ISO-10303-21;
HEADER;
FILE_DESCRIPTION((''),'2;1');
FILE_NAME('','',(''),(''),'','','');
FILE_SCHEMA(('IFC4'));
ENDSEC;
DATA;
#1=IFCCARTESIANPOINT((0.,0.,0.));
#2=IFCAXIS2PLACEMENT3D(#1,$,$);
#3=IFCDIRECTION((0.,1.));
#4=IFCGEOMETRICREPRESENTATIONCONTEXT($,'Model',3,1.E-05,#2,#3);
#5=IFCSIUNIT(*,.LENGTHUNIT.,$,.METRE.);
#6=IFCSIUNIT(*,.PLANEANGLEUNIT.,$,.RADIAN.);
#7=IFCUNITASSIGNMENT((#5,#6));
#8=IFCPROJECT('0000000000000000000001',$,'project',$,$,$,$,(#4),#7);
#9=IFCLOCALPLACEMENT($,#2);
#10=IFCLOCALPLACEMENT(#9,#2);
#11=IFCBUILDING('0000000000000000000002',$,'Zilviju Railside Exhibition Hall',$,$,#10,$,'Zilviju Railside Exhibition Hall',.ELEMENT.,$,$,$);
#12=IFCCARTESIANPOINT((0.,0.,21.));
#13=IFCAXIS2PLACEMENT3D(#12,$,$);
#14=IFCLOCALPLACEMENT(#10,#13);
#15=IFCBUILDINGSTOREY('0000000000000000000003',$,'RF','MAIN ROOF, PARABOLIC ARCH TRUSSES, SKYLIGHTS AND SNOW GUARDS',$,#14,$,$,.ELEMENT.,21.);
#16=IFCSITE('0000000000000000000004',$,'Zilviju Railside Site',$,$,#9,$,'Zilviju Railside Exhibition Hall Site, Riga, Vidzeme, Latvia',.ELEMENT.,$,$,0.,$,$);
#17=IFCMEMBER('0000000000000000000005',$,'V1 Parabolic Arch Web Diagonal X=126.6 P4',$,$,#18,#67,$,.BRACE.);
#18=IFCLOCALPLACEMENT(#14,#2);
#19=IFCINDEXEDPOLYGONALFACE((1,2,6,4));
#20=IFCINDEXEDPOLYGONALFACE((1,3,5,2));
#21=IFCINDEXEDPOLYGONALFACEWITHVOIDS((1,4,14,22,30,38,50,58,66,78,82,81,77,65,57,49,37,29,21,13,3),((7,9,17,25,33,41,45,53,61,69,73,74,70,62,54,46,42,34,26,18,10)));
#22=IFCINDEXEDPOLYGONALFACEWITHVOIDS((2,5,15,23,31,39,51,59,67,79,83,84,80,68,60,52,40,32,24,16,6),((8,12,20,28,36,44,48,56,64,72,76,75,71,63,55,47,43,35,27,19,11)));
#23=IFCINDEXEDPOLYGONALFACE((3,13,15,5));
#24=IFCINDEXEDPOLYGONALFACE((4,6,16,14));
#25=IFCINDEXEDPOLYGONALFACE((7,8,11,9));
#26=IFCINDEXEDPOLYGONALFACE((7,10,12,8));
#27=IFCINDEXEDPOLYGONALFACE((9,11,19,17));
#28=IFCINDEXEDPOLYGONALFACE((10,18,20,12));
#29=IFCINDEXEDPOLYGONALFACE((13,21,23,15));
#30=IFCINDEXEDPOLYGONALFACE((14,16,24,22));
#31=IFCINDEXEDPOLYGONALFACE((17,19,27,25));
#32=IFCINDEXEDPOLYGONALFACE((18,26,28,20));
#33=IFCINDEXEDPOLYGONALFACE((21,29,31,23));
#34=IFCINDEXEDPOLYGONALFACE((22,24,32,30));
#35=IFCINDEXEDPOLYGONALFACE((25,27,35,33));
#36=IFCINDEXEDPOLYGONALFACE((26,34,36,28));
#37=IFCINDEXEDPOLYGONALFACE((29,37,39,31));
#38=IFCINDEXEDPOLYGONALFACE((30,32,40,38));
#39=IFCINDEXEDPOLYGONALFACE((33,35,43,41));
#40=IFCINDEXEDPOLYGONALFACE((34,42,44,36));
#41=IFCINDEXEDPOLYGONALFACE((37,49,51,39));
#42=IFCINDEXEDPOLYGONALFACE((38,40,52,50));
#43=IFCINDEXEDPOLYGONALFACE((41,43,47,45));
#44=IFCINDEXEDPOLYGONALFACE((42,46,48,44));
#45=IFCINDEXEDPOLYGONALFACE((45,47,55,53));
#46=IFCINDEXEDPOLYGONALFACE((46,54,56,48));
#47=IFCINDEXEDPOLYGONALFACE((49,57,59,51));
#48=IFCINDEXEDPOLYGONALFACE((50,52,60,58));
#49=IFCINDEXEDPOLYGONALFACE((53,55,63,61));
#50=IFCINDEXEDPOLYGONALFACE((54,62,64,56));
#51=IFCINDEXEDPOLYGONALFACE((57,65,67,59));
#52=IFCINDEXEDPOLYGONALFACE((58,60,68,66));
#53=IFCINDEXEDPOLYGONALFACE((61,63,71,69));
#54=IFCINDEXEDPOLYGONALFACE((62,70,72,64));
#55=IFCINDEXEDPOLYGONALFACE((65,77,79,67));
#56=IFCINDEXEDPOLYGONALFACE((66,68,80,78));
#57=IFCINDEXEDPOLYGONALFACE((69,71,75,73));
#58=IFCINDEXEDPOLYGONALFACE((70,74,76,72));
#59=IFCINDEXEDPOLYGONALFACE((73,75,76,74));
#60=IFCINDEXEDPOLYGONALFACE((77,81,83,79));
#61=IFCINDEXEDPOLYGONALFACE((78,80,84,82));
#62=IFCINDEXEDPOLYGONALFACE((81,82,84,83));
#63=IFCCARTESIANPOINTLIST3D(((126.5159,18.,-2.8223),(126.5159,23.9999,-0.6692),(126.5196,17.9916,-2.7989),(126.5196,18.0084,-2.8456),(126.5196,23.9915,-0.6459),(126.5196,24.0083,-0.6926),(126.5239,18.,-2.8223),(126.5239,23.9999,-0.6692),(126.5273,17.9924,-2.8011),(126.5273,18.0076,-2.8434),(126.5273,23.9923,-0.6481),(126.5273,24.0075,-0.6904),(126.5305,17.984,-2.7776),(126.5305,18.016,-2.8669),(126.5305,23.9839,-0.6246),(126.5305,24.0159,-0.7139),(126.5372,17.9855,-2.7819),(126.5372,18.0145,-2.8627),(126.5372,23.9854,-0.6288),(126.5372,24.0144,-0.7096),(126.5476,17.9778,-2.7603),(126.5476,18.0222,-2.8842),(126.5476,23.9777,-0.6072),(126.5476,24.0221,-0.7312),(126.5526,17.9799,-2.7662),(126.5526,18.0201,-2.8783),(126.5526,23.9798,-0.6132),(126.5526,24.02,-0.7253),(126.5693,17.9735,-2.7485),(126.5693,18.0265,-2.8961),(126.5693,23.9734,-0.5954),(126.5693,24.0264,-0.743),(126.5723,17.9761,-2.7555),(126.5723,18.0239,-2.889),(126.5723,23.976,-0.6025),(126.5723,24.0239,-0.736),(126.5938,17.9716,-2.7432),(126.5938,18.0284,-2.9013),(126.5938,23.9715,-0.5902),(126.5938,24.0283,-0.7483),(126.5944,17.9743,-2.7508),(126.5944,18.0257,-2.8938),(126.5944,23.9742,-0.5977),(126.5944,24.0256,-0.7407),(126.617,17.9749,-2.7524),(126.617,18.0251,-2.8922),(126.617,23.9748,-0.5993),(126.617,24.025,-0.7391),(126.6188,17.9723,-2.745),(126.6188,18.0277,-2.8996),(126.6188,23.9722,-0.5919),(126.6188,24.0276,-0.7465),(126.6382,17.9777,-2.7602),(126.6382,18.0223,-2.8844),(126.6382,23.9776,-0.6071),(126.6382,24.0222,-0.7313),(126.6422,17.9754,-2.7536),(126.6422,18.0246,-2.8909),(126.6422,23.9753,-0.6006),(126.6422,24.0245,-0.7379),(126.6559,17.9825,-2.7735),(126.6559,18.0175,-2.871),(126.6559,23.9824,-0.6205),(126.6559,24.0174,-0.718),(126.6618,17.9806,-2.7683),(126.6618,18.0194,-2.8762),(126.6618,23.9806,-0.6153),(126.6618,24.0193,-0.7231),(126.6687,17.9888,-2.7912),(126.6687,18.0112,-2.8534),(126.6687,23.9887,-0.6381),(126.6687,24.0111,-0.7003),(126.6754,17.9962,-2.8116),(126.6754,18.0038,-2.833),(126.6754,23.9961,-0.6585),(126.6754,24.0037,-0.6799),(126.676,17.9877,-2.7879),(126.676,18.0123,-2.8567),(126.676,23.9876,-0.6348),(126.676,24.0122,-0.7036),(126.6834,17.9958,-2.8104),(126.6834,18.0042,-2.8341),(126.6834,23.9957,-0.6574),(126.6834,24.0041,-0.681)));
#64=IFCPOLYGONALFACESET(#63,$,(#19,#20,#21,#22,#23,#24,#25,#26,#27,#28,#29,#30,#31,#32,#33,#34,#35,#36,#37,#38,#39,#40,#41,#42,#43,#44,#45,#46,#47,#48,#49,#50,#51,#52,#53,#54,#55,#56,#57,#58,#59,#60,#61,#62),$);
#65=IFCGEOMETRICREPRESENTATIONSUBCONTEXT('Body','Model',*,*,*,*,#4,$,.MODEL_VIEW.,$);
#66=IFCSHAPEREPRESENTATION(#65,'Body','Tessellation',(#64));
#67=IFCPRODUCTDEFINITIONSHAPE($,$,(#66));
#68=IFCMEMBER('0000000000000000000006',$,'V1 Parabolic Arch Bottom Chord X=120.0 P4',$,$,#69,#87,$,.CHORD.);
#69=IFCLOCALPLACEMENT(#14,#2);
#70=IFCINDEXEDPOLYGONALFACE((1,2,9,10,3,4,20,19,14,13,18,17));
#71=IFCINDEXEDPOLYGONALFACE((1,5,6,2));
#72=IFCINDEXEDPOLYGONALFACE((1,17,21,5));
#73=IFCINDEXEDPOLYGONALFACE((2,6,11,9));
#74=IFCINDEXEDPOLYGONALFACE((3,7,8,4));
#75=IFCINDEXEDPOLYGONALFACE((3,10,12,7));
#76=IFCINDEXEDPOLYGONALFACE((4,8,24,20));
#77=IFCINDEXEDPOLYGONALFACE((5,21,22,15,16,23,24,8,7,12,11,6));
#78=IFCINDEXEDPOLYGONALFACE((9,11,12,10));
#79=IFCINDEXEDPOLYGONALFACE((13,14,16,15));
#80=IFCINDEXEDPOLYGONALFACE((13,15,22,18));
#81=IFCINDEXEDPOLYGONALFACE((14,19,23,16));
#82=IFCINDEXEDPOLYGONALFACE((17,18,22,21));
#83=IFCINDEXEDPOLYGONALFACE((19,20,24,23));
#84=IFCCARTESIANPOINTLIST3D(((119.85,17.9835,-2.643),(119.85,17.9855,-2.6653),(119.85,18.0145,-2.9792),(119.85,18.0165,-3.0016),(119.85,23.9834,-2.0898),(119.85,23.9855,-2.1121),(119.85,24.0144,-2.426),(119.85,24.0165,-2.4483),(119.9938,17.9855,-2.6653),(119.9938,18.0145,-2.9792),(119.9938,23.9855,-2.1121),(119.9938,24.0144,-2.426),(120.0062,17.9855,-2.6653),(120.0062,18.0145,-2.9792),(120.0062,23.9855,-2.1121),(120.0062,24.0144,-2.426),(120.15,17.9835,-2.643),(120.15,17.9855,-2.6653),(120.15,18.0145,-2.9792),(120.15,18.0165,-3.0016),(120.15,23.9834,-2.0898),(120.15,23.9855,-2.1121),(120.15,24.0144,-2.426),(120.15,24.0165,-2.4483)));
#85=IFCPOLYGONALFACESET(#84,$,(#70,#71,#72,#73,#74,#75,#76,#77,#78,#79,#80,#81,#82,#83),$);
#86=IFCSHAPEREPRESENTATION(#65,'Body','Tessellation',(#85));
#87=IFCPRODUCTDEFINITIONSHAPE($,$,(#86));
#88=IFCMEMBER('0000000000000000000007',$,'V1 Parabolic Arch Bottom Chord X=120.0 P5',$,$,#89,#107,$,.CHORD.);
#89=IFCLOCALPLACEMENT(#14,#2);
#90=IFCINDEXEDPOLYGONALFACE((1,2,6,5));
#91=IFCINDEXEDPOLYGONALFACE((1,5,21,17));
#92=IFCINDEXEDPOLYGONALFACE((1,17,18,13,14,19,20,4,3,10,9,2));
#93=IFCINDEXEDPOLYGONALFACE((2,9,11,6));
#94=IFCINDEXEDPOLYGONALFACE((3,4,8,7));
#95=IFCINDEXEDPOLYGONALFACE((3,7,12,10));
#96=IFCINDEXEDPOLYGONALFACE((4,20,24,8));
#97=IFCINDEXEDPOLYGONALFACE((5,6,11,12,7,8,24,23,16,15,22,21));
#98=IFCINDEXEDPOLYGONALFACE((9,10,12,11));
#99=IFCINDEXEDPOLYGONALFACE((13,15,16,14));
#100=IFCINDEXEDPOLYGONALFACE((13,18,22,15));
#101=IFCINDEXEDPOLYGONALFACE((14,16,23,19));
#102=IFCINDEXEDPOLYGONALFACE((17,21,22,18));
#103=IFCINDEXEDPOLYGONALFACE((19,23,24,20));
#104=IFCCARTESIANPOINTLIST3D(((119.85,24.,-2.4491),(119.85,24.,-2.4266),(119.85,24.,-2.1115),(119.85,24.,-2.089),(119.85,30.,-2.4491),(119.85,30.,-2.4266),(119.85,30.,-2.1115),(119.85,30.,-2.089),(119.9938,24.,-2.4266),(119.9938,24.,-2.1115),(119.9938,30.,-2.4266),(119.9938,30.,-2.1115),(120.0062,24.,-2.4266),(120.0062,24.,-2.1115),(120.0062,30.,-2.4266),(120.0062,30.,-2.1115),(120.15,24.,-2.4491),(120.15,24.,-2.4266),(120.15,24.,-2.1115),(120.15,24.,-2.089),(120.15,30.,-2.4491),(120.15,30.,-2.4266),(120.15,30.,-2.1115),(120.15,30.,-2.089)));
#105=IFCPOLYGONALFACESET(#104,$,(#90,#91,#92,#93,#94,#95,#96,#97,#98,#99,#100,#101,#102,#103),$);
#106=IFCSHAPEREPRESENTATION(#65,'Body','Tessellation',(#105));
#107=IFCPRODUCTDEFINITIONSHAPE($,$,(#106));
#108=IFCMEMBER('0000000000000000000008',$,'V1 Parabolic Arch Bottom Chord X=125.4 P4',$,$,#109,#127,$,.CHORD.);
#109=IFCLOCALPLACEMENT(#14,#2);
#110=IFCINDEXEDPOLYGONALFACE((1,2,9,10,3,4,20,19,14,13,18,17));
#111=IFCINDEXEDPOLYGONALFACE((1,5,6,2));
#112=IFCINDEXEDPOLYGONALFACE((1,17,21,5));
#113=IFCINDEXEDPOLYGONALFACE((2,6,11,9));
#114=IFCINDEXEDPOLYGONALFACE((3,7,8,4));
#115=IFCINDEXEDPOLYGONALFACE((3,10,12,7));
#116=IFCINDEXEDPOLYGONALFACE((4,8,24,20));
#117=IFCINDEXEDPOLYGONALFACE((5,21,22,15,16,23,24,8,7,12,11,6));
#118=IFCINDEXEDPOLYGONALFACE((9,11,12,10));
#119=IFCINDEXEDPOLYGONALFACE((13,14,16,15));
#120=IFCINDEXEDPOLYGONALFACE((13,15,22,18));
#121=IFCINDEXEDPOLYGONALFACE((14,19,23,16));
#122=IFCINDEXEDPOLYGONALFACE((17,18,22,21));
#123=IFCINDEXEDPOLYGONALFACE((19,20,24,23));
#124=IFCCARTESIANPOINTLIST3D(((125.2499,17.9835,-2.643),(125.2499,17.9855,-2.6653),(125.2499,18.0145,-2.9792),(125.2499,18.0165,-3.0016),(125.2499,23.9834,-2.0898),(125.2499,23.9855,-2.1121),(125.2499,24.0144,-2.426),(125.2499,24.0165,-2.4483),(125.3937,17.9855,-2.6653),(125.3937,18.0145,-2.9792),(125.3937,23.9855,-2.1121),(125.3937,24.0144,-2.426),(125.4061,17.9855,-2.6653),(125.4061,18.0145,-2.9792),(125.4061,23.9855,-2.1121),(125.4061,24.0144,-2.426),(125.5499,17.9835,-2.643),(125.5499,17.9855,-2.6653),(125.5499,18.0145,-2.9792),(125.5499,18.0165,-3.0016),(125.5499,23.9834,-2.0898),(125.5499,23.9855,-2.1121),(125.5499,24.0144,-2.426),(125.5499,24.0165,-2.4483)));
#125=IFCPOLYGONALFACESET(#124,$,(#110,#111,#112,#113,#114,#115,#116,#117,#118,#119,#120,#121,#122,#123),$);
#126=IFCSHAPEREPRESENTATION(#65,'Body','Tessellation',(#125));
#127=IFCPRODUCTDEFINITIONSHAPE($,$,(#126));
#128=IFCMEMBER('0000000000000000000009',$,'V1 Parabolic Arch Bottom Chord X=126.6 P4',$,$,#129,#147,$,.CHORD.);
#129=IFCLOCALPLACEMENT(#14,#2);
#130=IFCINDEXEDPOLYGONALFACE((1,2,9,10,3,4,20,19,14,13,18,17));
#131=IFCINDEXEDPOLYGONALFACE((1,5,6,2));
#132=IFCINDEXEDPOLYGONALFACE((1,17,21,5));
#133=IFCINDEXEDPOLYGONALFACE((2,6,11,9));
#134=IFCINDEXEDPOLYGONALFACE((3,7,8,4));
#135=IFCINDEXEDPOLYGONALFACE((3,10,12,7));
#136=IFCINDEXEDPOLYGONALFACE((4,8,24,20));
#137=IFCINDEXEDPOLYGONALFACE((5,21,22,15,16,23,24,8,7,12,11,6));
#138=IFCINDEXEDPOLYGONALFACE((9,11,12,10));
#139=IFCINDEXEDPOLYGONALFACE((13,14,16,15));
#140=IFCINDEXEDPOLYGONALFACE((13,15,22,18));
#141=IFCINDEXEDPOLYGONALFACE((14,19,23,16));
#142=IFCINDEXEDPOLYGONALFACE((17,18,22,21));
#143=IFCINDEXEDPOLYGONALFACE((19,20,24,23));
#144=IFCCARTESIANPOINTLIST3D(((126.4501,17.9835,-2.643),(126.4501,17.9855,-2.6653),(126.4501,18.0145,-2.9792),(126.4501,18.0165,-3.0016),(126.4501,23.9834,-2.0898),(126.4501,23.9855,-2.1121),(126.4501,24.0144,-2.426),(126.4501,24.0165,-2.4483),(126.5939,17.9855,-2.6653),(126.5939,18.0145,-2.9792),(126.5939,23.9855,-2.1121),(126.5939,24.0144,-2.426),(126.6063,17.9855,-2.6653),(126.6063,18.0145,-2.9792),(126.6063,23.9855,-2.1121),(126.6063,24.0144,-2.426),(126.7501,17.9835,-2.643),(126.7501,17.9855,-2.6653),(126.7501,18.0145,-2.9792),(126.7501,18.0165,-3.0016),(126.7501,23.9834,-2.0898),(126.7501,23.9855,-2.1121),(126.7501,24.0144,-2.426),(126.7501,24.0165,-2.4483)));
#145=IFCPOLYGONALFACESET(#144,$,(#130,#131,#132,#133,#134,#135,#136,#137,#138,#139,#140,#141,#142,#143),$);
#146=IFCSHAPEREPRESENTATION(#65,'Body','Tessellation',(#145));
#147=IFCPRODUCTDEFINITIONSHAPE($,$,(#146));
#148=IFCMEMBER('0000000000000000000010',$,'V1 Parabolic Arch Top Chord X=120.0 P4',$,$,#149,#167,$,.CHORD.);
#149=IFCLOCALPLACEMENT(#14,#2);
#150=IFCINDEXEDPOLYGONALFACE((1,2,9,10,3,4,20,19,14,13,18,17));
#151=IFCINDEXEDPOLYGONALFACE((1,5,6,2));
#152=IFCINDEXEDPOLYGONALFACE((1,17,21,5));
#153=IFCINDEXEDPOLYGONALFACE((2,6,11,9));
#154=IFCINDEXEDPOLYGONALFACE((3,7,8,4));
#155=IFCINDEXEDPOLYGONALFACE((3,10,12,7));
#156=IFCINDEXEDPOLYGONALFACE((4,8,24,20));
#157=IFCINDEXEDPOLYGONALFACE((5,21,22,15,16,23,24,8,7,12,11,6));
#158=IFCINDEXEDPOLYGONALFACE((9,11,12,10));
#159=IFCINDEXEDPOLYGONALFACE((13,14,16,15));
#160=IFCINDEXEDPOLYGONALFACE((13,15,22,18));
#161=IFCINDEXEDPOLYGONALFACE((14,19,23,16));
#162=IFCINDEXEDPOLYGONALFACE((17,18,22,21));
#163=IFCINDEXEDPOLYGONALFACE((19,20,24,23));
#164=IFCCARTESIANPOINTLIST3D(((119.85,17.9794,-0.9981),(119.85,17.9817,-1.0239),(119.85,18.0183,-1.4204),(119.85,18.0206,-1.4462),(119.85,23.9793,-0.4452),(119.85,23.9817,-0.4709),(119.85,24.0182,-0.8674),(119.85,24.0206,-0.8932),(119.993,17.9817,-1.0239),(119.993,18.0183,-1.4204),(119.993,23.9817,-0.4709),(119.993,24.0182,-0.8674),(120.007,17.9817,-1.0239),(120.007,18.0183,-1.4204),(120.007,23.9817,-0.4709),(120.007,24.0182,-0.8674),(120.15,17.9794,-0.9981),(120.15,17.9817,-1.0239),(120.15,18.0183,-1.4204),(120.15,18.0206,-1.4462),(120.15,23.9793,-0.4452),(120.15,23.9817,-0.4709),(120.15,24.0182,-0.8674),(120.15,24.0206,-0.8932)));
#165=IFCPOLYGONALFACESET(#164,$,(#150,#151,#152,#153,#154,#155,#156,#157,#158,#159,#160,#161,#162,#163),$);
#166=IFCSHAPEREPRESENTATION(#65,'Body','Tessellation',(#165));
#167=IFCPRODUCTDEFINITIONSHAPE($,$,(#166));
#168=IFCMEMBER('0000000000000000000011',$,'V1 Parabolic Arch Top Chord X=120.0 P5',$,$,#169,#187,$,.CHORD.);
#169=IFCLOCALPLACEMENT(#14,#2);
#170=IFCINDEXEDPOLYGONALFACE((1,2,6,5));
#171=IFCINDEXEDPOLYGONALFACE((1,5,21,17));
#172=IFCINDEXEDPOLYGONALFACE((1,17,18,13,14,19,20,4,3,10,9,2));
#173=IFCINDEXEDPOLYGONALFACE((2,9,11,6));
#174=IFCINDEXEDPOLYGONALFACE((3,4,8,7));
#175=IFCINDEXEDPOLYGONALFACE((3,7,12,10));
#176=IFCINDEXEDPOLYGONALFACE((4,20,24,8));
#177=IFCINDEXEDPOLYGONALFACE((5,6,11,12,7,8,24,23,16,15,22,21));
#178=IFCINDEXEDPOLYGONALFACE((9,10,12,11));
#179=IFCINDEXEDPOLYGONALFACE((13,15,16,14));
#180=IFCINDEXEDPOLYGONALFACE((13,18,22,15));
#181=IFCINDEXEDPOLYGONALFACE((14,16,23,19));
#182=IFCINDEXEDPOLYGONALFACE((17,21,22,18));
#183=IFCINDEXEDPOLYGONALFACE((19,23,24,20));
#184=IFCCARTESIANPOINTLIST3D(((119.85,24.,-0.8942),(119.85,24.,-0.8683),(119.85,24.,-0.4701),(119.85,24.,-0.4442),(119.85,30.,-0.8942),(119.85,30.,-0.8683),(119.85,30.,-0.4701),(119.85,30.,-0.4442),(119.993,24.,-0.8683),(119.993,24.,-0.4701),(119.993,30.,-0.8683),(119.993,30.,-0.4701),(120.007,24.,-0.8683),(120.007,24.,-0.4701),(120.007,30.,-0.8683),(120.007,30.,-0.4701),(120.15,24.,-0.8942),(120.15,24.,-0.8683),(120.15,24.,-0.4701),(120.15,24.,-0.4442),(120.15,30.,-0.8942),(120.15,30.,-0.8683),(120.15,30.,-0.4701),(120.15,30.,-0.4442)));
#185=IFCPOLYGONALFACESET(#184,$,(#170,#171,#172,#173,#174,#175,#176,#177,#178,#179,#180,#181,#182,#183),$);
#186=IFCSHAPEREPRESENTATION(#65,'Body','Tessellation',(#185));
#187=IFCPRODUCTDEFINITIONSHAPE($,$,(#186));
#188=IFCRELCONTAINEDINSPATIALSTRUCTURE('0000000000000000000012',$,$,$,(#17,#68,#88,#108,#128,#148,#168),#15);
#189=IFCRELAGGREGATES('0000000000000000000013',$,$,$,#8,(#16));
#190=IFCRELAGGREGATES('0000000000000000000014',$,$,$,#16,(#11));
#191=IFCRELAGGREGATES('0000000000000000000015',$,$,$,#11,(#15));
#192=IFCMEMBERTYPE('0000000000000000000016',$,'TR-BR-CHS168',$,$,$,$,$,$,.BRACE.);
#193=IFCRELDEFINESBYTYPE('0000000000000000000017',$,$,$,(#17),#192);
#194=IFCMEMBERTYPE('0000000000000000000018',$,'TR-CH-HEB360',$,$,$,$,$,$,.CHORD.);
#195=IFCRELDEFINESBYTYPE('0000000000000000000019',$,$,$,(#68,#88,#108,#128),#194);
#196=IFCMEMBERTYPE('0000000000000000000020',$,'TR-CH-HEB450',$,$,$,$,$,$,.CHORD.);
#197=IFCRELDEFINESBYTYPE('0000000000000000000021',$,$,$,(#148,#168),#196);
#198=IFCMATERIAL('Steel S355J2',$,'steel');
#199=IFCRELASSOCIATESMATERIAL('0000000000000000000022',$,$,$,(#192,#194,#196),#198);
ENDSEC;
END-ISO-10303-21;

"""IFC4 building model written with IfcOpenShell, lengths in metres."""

from ifc_helpers import new_model, si_unit, direction, frame, origin, origin_2d, place, context, subcontext, project, spatial, hollow_circle, i_section, extrude, material, material_profile, profile_set, type_object, element, save


model = new_model("IFC4")

# Units and contexts
model_context = context("Model", 3, precision=1e-05, world=origin(), true_north=direction((0.0, 1.0)))
body_context = subcontext(model_context, "Body", "Model", "MODEL_VIEW")
ifc_project = project(units=[si_unit("LENGTHUNIT", "METRE"), si_unit("PLANEANGLEUNIT", "RADIAN")], contexts=[model_context])

# Site, building, storey
site_placement = place(None, origin())
site = spatial("IfcSite", under=ifc_project, at=site_placement, Name="Zilviju Railside Site", LongName="Zilviju Railside Exhibition Hall Site, Riga, Vidzeme, Latvia", CompositionType="ELEMENT", RefElevation=0.0)
building_placement = place(site_placement, origin())
building = spatial("IfcBuilding", under=site, at=building_placement, Name="Zilviju Railside Exhibition Hall", LongName="Zilviju Railside Exhibition Hall", CompositionType="ELEMENT")
storey_placement = place(building_placement, frame((0.0, 0.0, 21.0)))
storey = spatial("IfcBuildingStorey", under=building, at=storey_placement, Name="RF", Description="MAIN ROOF, PARABOLIC ARCH TRUSSES, SKYLIGHTS AND SNOW GUARDS", CompositionType="ELEMENT", Elevation=21.0)

# Members
ifc_material_1 = material(Name="Steel S355J2", Category="steel")
ifc_material_profile_1 = material_profile(ifc_material_1, hollow_circle(Radius=0.0842, WallThickness=0.0081, at=origin_2d()), Name="CHS 168.3x8.0")
ifc_profile_set_1 = profile_set([ifc_material_profile_1], Name="Steel S355J2")
member_type_1 = type_object("IfcMemberType", Name="TR-BR-CHS168", PredefinedType="BRACE", material=ifc_profile_set_1)
for number, where, z_axis, x_axis, name in (
    (1, (126.6001, 18.0, -2.8223), (0.0, 0.941233, 0.337758), (-1.0, 0.0, 0.0), "V1 Parabolic Arch Web Diagonal X=126.6 P4"),
):
    element("IfcMember", number, at=place(storey_placement, frame(where, z_axis=z_axis, x_axis=x_axis)), inside=storey, type_object=member_type_1, Name=name, PredefinedType="BRACE", context=body_context, shape_type="SweptSolid", body=[
        extrude(hollow_circle(Radius=0.0842, WallThickness=0.0081, at=origin_2d()), origin(), (0.0, 0.0, 1.0), 6.3745),
    ])
ifc_material_profile_2 = material_profile(ifc_material_1, i_section(OverallWidth=0.3, OverallDepth=0.3601, WebThickness=0.0125, FlangeThickness=0.0225, at=origin_2d()), Name="HEB 360")
ifc_profile_set_2 = profile_set([ifc_material_profile_2], Name="Steel S355J2")
member_type_2 = type_object("IfcMemberType", Name="TR-CH-HEB360", PredefinedType="CHORD", material=ifc_profile_set_2)
member_1_placement = place(storey_placement, frame((120.0, 18.0, -2.8223), z_axis=(0.0, 0.995776, 0.091814), x_axis=(-1.0, 0.0, 0.0)))
element("IfcMember", 2, at=member_1_placement, inside=storey, type_object=member_type_2, Name="V1 Parabolic Arch Bottom Chord X=120.0 P4", PredefinedType="CHORD", context=body_context, shape_type="SweptSolid", body=[
    extrude(i_section(OverallWidth=0.3, OverallDepth=0.3601, WebThickness=0.0125, FlangeThickness=0.0225, at=origin_2d()), origin(), (0.0, 0.0, 1.0), 6.0254),
])
member_2_placement = place(storey_placement, frame((120.0, 24.0, -2.269), z_axis=(0.0, 1.0, 0.0), x_axis=(-1.0, 0.0, 0.0)))
element("IfcMember", 3, at=member_2_placement, inside=storey, type_object=member_type_2, Name="V1 Parabolic Arch Bottom Chord X=120.0 P5", PredefinedType="CHORD", context=body_context, shape_type="SweptSolid", body=[
    extrude(i_section(OverallWidth=0.3, OverallDepth=0.3601, WebThickness=0.0125, FlangeThickness=0.0225, at=origin_2d()), origin(), (0.0, 0.0, 1.0), 6.0),
])
for number, where, z_axis, x_axis, name in (
    (4, (125.3999, 18.0, -2.8223), (0.0, 0.995776, 0.091814), (-1.0, 0.0, 0.0), "V1 Parabolic Arch Bottom Chord X=125.4 P4"),
    (5, (126.6001, 18.0, -2.8223), (0.0, 0.995776, 0.091814), (-1.0, 0.0, 0.0), "V1 Parabolic Arch Bottom Chord X=126.6 P4"),
):
    element("IfcMember", number, at=place(storey_placement, frame(where, z_axis=z_axis, x_axis=x_axis)), inside=storey, type_object=member_type_2, Name=name, PredefinedType="CHORD", context=body_context, shape_type="SweptSolid", body=[
        extrude(i_section(OverallWidth=0.3, OverallDepth=0.3601, WebThickness=0.0125, FlangeThickness=0.0225, at=origin_2d()), origin(), (0.0, 0.0, 1.0), 6.0254),
    ])
ifc_material_profile_3 = material_profile(ifc_material_1, i_section(OverallWidth=0.3, OverallDepth=0.45, WebThickness=0.0139, FlangeThickness=0.0259, at=origin_2d()), Name="HEB 450")
ifc_profile_set_3 = profile_set([ifc_material_profile_3], Name="Steel S355J2")
member_type_3 = type_object("IfcMemberType", Name="TR-CH-HEB450", PredefinedType="CHORD", material=ifc_profile_set_3)
member_3_placement = place(storey_placement, frame((120.0, 18.0, -1.2222), z_axis=(0.0, 0.99578, 0.091774), x_axis=(-1.0, 0.0, 0.0)))
element("IfcMember", 6, at=member_3_placement, inside=storey, type_object=member_type_3, Name="V1 Parabolic Arch Top Chord X=120.0 P4", PredefinedType="CHORD", context=body_context, shape_type="SweptSolid", body=[
    extrude(i_section(OverallWidth=0.3, OverallDepth=0.45, WebThickness=0.0139, FlangeThickness=0.0259, at=origin_2d()), origin(), (0.0, 0.0, 1.0), 6.0254),
])
member_4_placement = place(storey_placement, frame((120.0, 24.0, -0.6692), z_axis=(0.0, 1.0, 0.0), x_axis=(-1.0, 0.0, 0.0)))
element("IfcMember", 7, at=member_4_placement, inside=storey, type_object=member_type_3, Name="V1 Parabolic Arch Top Chord X=120.0 P5", PredefinedType="CHORD", context=body_context, shape_type="SweptSolid", body=[
    extrude(i_section(OverallWidth=0.3, OverallDepth=0.45, WebThickness=0.0139, FlangeThickness=0.0259, at=origin_2d()), origin(), (0.0, 0.0, 1.0), 6.0),
])

save(model, "model.ifc")
